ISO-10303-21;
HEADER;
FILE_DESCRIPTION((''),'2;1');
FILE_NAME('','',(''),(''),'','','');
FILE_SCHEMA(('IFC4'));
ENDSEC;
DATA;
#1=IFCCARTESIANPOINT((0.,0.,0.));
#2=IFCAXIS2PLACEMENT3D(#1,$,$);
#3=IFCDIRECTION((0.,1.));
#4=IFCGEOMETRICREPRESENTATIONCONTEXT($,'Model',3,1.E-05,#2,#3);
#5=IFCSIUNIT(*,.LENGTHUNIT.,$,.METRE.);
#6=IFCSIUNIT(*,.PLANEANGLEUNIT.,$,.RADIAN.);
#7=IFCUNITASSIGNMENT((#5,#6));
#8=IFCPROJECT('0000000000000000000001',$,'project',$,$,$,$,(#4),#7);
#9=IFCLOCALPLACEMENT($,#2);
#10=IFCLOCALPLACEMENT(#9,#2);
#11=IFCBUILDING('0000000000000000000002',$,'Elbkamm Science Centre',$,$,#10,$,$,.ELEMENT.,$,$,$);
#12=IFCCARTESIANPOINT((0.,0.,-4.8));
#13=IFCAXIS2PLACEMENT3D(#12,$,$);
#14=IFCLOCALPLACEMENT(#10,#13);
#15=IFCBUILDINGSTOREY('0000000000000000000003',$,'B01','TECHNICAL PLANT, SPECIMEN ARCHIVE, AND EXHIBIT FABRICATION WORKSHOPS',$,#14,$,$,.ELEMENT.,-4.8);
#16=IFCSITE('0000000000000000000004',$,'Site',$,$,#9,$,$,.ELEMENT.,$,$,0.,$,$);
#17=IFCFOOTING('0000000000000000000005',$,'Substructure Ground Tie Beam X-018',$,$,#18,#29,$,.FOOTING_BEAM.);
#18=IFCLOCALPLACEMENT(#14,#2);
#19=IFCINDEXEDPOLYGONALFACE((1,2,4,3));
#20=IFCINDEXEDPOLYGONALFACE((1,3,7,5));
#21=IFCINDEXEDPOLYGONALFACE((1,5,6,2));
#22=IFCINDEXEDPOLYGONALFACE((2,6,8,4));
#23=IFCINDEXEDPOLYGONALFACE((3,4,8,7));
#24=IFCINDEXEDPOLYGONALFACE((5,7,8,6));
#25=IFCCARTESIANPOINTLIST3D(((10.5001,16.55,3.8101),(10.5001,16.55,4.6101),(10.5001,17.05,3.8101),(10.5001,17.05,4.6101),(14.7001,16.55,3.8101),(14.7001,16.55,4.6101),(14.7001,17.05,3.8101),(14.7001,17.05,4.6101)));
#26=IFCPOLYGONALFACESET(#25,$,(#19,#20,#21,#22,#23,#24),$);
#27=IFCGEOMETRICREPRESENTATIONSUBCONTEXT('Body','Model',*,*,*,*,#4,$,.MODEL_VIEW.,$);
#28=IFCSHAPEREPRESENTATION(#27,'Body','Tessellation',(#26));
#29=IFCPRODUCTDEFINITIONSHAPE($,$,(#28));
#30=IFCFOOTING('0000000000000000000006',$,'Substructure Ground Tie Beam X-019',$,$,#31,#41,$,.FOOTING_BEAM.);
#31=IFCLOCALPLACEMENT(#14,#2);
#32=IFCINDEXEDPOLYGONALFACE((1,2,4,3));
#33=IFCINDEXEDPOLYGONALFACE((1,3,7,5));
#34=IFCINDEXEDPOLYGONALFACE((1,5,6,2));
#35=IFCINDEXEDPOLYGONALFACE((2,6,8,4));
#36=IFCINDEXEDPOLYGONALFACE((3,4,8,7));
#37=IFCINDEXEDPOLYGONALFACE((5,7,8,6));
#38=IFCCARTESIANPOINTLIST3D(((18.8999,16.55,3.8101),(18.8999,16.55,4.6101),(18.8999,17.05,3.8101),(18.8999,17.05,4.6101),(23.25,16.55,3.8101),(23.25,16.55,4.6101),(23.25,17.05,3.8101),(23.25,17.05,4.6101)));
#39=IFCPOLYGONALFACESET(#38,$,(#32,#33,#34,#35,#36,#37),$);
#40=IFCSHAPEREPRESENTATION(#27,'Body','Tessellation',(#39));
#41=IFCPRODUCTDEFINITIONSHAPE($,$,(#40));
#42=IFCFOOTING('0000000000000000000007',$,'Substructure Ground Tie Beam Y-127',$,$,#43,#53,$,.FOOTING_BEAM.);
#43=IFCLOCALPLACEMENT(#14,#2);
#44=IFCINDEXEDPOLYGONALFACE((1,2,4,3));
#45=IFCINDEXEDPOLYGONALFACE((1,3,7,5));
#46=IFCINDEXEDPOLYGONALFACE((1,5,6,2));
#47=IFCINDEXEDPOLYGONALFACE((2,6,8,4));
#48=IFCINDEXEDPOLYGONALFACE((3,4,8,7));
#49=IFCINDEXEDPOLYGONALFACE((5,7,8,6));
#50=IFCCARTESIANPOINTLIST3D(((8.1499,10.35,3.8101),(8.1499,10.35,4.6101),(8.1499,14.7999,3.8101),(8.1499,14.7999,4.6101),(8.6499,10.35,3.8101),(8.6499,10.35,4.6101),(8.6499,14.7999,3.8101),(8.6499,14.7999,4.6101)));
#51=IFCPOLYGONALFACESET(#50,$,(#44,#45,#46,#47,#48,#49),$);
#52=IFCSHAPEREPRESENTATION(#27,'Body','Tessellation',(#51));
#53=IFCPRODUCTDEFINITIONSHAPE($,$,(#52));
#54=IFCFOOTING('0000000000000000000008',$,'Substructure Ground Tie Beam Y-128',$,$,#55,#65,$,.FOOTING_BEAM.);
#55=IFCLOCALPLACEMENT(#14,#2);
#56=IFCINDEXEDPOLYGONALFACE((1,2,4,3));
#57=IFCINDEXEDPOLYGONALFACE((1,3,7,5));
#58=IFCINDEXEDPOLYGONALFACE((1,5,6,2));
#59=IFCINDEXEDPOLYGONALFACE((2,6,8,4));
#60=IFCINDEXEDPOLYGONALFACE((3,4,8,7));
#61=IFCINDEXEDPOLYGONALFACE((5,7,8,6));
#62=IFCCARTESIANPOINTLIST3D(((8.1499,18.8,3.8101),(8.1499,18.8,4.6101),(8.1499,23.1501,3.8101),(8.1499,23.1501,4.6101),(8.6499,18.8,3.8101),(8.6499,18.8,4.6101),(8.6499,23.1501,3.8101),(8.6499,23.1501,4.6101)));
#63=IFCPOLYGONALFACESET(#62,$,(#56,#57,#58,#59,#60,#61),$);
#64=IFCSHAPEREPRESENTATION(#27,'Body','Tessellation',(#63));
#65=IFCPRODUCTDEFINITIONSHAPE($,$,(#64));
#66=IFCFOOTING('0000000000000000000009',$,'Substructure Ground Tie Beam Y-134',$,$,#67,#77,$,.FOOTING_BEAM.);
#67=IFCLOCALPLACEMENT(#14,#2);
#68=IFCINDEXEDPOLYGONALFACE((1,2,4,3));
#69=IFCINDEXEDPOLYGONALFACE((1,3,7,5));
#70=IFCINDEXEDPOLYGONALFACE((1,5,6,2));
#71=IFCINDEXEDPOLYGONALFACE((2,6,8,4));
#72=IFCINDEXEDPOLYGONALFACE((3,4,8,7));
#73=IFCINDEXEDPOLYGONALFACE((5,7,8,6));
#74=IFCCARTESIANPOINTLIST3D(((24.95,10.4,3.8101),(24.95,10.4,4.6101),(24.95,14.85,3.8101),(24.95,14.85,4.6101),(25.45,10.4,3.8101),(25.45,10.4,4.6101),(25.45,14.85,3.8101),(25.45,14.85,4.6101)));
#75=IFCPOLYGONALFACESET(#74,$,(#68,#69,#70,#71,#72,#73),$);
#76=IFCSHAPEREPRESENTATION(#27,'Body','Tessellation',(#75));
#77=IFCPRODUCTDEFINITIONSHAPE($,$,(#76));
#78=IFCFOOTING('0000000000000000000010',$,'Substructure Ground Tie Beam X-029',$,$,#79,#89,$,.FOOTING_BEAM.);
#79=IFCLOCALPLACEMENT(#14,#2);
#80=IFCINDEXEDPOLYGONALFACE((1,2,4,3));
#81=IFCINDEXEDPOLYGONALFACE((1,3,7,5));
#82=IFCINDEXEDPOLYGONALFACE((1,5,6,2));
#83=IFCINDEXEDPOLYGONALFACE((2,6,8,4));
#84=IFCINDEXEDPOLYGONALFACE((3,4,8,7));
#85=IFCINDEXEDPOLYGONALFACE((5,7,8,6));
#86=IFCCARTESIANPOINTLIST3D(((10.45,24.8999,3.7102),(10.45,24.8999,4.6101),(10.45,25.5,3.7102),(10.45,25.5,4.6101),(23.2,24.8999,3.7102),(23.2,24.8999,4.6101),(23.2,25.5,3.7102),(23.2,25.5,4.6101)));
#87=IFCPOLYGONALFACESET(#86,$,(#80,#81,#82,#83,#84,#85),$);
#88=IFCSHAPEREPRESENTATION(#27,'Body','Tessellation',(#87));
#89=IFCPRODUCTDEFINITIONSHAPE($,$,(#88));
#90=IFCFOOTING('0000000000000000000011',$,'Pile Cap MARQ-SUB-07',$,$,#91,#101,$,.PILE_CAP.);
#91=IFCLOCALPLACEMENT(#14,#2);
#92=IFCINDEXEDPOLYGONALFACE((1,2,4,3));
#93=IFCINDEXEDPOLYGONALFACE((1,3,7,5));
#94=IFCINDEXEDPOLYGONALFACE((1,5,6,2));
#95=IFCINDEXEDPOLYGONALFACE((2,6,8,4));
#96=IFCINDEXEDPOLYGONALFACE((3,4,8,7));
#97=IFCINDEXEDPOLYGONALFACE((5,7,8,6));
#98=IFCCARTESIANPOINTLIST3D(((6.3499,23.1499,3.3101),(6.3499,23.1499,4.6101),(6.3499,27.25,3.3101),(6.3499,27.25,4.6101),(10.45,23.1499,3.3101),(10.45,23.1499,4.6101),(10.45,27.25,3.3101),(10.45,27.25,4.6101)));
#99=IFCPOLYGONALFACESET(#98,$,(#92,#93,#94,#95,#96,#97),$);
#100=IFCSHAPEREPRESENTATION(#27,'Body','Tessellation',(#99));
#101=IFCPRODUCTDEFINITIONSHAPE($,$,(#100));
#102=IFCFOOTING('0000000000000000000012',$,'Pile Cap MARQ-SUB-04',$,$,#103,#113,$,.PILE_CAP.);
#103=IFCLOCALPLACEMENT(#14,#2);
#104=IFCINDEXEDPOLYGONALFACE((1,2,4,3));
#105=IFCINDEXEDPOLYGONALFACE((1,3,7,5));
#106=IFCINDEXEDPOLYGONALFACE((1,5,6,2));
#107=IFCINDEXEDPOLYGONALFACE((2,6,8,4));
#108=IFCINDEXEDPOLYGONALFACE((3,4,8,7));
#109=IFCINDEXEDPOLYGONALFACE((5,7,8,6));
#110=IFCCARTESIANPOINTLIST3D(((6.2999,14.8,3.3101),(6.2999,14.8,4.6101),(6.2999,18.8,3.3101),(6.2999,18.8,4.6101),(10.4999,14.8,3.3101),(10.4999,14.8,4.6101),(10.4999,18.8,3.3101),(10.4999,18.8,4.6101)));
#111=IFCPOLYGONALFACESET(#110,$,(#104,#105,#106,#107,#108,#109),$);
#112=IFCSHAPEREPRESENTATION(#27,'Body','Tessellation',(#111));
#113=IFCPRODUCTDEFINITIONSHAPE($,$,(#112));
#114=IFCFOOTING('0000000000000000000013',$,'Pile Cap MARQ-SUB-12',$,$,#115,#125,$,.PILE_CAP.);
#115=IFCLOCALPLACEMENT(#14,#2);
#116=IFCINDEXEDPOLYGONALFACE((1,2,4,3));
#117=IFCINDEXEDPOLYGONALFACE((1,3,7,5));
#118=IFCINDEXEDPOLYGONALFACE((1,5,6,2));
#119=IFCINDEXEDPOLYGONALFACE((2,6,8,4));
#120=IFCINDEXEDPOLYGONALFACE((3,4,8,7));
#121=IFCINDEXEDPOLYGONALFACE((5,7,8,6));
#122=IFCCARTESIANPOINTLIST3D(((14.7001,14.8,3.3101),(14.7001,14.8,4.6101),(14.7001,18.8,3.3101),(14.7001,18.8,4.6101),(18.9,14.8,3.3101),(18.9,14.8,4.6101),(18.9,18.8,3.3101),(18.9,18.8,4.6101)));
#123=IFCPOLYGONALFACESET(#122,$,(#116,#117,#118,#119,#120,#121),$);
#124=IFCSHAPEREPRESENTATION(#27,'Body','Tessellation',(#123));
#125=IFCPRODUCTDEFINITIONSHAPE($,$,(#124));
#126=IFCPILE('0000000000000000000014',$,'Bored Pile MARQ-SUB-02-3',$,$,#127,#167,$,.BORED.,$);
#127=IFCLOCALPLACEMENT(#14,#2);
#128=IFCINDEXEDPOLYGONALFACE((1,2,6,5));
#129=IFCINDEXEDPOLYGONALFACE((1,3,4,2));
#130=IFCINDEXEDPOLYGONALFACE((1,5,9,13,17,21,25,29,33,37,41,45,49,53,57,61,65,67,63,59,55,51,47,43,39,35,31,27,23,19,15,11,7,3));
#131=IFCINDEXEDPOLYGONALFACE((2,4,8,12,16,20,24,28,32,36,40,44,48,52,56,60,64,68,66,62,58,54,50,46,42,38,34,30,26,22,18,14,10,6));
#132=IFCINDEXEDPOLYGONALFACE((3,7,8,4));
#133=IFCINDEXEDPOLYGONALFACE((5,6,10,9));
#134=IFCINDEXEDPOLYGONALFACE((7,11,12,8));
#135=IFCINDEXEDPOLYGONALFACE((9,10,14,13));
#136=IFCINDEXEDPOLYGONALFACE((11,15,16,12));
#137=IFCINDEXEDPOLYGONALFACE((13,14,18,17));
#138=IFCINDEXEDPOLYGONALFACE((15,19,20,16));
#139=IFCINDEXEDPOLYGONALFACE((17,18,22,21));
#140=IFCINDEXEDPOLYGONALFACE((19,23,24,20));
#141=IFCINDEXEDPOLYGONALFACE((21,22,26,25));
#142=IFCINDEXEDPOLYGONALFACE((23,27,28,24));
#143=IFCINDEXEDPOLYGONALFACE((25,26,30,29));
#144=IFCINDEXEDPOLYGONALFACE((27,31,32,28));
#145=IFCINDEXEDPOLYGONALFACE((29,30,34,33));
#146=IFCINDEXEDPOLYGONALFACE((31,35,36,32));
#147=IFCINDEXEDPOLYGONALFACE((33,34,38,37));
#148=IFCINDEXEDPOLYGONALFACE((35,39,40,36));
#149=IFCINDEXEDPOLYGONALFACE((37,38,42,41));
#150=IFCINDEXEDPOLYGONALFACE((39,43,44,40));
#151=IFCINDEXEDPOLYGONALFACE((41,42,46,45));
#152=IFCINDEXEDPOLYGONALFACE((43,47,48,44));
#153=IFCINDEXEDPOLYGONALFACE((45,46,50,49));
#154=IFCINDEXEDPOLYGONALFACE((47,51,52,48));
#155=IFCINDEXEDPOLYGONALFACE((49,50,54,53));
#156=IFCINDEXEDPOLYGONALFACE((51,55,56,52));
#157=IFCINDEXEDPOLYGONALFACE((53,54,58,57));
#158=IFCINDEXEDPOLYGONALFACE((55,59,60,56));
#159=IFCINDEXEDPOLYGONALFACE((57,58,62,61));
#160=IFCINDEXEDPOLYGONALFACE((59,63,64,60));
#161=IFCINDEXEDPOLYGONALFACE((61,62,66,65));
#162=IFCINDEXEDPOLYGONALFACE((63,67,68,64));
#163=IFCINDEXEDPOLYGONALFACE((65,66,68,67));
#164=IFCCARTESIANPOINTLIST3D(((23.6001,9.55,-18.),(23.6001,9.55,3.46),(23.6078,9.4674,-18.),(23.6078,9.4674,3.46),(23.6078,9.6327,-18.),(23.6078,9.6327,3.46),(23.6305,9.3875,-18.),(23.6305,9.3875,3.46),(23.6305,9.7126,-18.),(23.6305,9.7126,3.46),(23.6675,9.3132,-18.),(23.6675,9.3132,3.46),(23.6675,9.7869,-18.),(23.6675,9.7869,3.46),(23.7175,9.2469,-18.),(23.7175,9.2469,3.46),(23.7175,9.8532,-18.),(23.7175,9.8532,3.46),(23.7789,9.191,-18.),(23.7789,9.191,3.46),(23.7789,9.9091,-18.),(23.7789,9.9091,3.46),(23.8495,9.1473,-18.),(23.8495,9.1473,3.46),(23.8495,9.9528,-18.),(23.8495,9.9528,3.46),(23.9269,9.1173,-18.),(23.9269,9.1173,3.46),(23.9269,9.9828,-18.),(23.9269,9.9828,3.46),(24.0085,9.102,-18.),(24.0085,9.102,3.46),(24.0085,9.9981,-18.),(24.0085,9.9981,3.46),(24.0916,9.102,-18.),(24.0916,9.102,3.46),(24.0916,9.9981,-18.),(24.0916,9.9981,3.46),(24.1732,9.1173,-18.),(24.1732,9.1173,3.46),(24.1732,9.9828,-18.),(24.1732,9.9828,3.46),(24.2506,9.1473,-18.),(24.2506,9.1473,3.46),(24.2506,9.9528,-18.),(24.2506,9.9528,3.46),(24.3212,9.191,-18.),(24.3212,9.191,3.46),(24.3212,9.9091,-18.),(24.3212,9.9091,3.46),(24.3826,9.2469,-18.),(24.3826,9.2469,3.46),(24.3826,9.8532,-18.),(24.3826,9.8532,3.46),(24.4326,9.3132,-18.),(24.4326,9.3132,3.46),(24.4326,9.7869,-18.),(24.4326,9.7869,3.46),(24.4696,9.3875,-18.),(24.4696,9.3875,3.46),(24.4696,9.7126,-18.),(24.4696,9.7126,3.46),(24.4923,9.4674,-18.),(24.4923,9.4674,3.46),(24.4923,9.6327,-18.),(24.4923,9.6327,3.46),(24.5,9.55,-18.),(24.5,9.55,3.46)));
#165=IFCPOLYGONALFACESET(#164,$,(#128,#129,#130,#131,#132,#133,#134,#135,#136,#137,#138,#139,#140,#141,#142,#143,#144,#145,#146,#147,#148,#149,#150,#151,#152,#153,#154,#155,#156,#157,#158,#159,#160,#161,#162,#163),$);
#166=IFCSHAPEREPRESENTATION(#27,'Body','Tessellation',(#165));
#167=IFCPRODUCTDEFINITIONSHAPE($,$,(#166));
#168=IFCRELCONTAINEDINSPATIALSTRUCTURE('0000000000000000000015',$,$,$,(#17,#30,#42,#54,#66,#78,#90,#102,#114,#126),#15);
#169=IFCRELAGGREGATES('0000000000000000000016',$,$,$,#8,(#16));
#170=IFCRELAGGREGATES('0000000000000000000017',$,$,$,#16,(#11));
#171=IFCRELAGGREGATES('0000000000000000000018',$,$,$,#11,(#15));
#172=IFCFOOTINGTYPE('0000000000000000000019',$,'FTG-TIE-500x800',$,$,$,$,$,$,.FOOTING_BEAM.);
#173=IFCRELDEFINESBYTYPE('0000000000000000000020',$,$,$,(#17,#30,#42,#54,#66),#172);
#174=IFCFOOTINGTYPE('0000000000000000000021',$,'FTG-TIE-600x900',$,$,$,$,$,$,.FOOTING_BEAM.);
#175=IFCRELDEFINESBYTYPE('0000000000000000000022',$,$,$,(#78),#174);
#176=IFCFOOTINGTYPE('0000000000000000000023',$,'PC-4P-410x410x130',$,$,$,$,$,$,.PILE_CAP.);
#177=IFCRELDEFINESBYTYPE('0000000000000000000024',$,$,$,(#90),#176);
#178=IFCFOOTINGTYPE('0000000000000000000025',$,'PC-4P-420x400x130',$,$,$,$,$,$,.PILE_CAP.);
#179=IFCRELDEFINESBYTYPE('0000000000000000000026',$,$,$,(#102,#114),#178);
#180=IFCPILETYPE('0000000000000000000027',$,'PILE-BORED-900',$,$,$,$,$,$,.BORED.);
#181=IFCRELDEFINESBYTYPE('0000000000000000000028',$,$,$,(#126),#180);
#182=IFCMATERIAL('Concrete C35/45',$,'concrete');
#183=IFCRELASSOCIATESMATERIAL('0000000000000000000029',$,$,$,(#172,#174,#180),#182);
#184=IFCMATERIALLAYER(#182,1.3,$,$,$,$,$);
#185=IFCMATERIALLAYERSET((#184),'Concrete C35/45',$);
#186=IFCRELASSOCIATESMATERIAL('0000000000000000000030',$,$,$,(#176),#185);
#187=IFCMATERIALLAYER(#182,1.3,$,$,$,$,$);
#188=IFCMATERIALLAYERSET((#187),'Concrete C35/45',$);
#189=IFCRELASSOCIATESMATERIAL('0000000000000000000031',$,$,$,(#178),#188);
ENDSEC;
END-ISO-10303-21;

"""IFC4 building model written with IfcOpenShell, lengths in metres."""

from ifc_helpers import new_model, si_unit, direction, frame, origin, origin_2d, place, context, subcontext, project, spatial, rectangle, circle, extrude, material, layer, layer_set, material_profile, profile_set, type_object, element, save


model = new_model("IFC4")

# Units and contexts
model_context = context("Model", 3, precision=1e-05, world=origin(), true_north=direction((0.0, 1.0)))
body_context = subcontext(model_context, "Body", "Model", "MODEL_VIEW")
ifc_project = project(units=[si_unit("LENGTHUNIT", "METRE"), si_unit("PLANEANGLEUNIT", "RADIAN")], contexts=[model_context])

# Site, building, storey
site_placement = place(None, origin())
site = spatial("IfcSite", under=ifc_project, at=site_placement, Name="Site", CompositionType="ELEMENT", RefElevation=0.0)
building_placement = place(site_placement, origin())
building = spatial("IfcBuilding", under=site, at=building_placement, Name="Elbkamm Science Centre", CompositionType="ELEMENT")
storey_placement = place(building_placement, frame((0.0, 0.0, -4.8)))
storey = spatial("IfcBuildingStorey", under=building, at=storey_placement, Name="B01", Description="TECHNICAL PLANT, SPECIMEN ARCHIVE, AND EXHIBIT FABRICATION WORKSHOPS", CompositionType="ELEMENT", Elevation=-4.8)

# Footings
ifc_material = material(Name="Concrete C35/45", Category="concrete")
footing_type_1 = type_object("IfcFootingType", Name="FTG-TIE-500x800", PredefinedType="FOOTING_BEAM", material=ifc_material)
footing_1_placement = place(storey_placement, frame((12.6001, 16.8, 3.8101), z_axis=(0.0, 0.0, 1.0), x_axis=(1.0, 0.0, 0.0)))
element("IfcFooting", 1, at=footing_1_placement, inside=storey, type_object=footing_type_1, Name="Substructure Ground Tie Beam X-018", PredefinedType="FOOTING_BEAM", context=body_context, shape_type="SweptSolid", body=[
    extrude(rectangle(XDim=4.2, YDim=0.5, at=origin_2d()), origin(), (0.0, 0.0, 1.0), 0.8),
])
footing_2_placement = place(storey_placement, frame((21.075, 16.8, 3.8101), z_axis=(0.0, 0.0, 1.0), x_axis=(1.0, 0.0, 0.0)))
element("IfcFooting", 2, at=footing_2_placement, inside=storey, type_object=footing_type_1, Name="Substructure Ground Tie Beam X-019", PredefinedType="FOOTING_BEAM", context=body_context, shape_type="SweptSolid", body=[
    extrude(rectangle(XDim=4.3501, YDim=0.5, at=origin_2d()), origin(), (0.0, 0.0, 1.0), 0.8),
])
footing_3_placement = place(storey_placement, frame((8.3999, 12.575, 3.8101), z_axis=(0.0, 0.0, 1.0), x_axis=(1.0, 0.0, 0.0)))
element("IfcFooting", 3, at=footing_3_placement, inside=storey, type_object=footing_type_1, Name="Substructure Ground Tie Beam Y-127", PredefinedType="FOOTING_BEAM", context=body_context, shape_type="SweptSolid", body=[
    extrude(rectangle(XDim=0.5, YDim=4.45, at=origin_2d()), origin(), (0.0, 0.0, 1.0), 0.8),
])
footing_4_placement = place(storey_placement, frame((8.3999, 20.9751, 3.8101), z_axis=(0.0, 0.0, 1.0), x_axis=(1.0, 0.0, 0.0)))
element("IfcFooting", 4, at=footing_4_placement, inside=storey, type_object=footing_type_1, Name="Substructure Ground Tie Beam Y-128", PredefinedType="FOOTING_BEAM", context=body_context, shape_type="SweptSolid", body=[
    extrude(rectangle(XDim=0.5, YDim=4.3501, at=origin_2d()), origin(), (0.0, 0.0, 1.0), 0.8),
])
footing_5_placement = place(storey_placement, frame((25.2, 12.625, 3.8101), z_axis=(0.0, 0.0, 1.0), x_axis=(1.0, 0.0, 0.0)))
element("IfcFooting", 5, at=footing_5_placement, inside=storey, type_object=footing_type_1, Name="Substructure Ground Tie Beam Y-134", PredefinedType="FOOTING_BEAM", context=body_context, shape_type="SweptSolid", body=[
    extrude(rectangle(XDim=0.5, YDim=4.45, at=origin_2d()), origin(), (0.0, 0.0, 1.0), 0.8),
])
footing_type_2 = type_object("IfcFootingType", Name="FTG-TIE-600x900", PredefinedType="FOOTING_BEAM", material=ifc_material)
footing_6_placement = place(storey_placement, frame((16.825, 25.2, 3.7102), z_axis=(0.0, 0.0, 1.0), x_axis=(1.0, 0.0, 0.0)))
element("IfcFooting", 6, at=footing_6_placement, inside=storey, type_object=footing_type_2, Name="Substructure Ground Tie Beam X-029", PredefinedType="FOOTING_BEAM", context=body_context, shape_type="SweptSolid", body=[
    extrude(rectangle(XDim=12.75, YDim=0.6001, at=origin_2d()), origin(), (0.0, 0.0, 1.0), 0.8999),
])
ifc_layer_1 = layer(ifc_material, 1.3)
ifc_layer_set_1 = layer_set([ifc_layer_1], Name="Concrete C35/45")
footing_type_3 = type_object("IfcFootingType", Name="PC-4P-410x410x130", PredefinedType="PILE_CAP", material=ifc_layer_set_1)
footing_7_placement = place(storey_placement, frame((8.3999, 25.2, 3.3101), z_axis=(0.0, 0.0, 1.0), x_axis=(1.0, 0.0, 0.0)))
element("IfcFooting", 7, at=footing_7_placement, inside=storey, type_object=footing_type_3, Name="Pile Cap MARQ-SUB-07", PredefinedType="PILE_CAP", context=body_context, shape_type="SweptSolid", body=[
    extrude(rectangle(XDim=4.1001, YDim=4.1001, at=origin_2d()), origin(), (0.0, 0.0, 1.0), 1.3),
])
ifc_layer_2 = layer(ifc_material, 1.3)
ifc_layer_set_2 = layer_set([ifc_layer_2], Name="Concrete C35/45")
footing_type_4 = type_object("IfcFootingType", Name="PC-4P-420x400x130", PredefinedType="PILE_CAP", material=ifc_layer_set_2)
for number, where, z_axis, x_axis, name in (
    (8, (8.3999, 16.8, 3.3101), (0.0, 0.0, 1.0), (1.0, 0.0, 0.0), "Pile Cap MARQ-SUB-04"),
    (9, (16.8, 16.8, 3.3101), (0.0, 0.0, 1.0), (1.0, 0.0, 0.0), "Pile Cap MARQ-SUB-12"),
):
    element("IfcFooting", number, at=place(storey_placement, frame(where, z_axis=z_axis, x_axis=x_axis)), inside=storey, type_object=footing_type_4, Name=name, PredefinedType="PILE_CAP", context=body_context, shape_type="SweptSolid", body=[
        extrude(rectangle(XDim=4.2, YDim=4.0, at=origin_2d()), origin(), (0.0, 0.0, 1.0), 1.3),
    ])

# Pile
ifc_material_profile = material_profile(ifc_material, circle(Radius=0.45, at=origin_2d()), Name="PILE D900")
ifc_profile_set = profile_set([ifc_material_profile], Name="Concrete C35/45")
pile_type = type_object("IfcPileType", Name="PILE-BORED-900", PredefinedType="BORED", material=ifc_profile_set)
pile_placement = place(storey_placement, frame((24.05, 9.55, 3.46), z_axis=(0.0, 0.0, -1.0), x_axis=(1.0, 0.0, 0.0)))
element("IfcPile", 10, at=pile_placement, inside=storey, type_object=pile_type, Name="Bored Pile MARQ-SUB-02-3", PredefinedType="BORED", context=body_context, shape_type="SweptSolid", body=[
    extrude(circle(Radius=0.45, at=origin_2d()), origin(), (0.0, 0.0, 1.0), 21.46),
])

save(model, "model.ifc")
